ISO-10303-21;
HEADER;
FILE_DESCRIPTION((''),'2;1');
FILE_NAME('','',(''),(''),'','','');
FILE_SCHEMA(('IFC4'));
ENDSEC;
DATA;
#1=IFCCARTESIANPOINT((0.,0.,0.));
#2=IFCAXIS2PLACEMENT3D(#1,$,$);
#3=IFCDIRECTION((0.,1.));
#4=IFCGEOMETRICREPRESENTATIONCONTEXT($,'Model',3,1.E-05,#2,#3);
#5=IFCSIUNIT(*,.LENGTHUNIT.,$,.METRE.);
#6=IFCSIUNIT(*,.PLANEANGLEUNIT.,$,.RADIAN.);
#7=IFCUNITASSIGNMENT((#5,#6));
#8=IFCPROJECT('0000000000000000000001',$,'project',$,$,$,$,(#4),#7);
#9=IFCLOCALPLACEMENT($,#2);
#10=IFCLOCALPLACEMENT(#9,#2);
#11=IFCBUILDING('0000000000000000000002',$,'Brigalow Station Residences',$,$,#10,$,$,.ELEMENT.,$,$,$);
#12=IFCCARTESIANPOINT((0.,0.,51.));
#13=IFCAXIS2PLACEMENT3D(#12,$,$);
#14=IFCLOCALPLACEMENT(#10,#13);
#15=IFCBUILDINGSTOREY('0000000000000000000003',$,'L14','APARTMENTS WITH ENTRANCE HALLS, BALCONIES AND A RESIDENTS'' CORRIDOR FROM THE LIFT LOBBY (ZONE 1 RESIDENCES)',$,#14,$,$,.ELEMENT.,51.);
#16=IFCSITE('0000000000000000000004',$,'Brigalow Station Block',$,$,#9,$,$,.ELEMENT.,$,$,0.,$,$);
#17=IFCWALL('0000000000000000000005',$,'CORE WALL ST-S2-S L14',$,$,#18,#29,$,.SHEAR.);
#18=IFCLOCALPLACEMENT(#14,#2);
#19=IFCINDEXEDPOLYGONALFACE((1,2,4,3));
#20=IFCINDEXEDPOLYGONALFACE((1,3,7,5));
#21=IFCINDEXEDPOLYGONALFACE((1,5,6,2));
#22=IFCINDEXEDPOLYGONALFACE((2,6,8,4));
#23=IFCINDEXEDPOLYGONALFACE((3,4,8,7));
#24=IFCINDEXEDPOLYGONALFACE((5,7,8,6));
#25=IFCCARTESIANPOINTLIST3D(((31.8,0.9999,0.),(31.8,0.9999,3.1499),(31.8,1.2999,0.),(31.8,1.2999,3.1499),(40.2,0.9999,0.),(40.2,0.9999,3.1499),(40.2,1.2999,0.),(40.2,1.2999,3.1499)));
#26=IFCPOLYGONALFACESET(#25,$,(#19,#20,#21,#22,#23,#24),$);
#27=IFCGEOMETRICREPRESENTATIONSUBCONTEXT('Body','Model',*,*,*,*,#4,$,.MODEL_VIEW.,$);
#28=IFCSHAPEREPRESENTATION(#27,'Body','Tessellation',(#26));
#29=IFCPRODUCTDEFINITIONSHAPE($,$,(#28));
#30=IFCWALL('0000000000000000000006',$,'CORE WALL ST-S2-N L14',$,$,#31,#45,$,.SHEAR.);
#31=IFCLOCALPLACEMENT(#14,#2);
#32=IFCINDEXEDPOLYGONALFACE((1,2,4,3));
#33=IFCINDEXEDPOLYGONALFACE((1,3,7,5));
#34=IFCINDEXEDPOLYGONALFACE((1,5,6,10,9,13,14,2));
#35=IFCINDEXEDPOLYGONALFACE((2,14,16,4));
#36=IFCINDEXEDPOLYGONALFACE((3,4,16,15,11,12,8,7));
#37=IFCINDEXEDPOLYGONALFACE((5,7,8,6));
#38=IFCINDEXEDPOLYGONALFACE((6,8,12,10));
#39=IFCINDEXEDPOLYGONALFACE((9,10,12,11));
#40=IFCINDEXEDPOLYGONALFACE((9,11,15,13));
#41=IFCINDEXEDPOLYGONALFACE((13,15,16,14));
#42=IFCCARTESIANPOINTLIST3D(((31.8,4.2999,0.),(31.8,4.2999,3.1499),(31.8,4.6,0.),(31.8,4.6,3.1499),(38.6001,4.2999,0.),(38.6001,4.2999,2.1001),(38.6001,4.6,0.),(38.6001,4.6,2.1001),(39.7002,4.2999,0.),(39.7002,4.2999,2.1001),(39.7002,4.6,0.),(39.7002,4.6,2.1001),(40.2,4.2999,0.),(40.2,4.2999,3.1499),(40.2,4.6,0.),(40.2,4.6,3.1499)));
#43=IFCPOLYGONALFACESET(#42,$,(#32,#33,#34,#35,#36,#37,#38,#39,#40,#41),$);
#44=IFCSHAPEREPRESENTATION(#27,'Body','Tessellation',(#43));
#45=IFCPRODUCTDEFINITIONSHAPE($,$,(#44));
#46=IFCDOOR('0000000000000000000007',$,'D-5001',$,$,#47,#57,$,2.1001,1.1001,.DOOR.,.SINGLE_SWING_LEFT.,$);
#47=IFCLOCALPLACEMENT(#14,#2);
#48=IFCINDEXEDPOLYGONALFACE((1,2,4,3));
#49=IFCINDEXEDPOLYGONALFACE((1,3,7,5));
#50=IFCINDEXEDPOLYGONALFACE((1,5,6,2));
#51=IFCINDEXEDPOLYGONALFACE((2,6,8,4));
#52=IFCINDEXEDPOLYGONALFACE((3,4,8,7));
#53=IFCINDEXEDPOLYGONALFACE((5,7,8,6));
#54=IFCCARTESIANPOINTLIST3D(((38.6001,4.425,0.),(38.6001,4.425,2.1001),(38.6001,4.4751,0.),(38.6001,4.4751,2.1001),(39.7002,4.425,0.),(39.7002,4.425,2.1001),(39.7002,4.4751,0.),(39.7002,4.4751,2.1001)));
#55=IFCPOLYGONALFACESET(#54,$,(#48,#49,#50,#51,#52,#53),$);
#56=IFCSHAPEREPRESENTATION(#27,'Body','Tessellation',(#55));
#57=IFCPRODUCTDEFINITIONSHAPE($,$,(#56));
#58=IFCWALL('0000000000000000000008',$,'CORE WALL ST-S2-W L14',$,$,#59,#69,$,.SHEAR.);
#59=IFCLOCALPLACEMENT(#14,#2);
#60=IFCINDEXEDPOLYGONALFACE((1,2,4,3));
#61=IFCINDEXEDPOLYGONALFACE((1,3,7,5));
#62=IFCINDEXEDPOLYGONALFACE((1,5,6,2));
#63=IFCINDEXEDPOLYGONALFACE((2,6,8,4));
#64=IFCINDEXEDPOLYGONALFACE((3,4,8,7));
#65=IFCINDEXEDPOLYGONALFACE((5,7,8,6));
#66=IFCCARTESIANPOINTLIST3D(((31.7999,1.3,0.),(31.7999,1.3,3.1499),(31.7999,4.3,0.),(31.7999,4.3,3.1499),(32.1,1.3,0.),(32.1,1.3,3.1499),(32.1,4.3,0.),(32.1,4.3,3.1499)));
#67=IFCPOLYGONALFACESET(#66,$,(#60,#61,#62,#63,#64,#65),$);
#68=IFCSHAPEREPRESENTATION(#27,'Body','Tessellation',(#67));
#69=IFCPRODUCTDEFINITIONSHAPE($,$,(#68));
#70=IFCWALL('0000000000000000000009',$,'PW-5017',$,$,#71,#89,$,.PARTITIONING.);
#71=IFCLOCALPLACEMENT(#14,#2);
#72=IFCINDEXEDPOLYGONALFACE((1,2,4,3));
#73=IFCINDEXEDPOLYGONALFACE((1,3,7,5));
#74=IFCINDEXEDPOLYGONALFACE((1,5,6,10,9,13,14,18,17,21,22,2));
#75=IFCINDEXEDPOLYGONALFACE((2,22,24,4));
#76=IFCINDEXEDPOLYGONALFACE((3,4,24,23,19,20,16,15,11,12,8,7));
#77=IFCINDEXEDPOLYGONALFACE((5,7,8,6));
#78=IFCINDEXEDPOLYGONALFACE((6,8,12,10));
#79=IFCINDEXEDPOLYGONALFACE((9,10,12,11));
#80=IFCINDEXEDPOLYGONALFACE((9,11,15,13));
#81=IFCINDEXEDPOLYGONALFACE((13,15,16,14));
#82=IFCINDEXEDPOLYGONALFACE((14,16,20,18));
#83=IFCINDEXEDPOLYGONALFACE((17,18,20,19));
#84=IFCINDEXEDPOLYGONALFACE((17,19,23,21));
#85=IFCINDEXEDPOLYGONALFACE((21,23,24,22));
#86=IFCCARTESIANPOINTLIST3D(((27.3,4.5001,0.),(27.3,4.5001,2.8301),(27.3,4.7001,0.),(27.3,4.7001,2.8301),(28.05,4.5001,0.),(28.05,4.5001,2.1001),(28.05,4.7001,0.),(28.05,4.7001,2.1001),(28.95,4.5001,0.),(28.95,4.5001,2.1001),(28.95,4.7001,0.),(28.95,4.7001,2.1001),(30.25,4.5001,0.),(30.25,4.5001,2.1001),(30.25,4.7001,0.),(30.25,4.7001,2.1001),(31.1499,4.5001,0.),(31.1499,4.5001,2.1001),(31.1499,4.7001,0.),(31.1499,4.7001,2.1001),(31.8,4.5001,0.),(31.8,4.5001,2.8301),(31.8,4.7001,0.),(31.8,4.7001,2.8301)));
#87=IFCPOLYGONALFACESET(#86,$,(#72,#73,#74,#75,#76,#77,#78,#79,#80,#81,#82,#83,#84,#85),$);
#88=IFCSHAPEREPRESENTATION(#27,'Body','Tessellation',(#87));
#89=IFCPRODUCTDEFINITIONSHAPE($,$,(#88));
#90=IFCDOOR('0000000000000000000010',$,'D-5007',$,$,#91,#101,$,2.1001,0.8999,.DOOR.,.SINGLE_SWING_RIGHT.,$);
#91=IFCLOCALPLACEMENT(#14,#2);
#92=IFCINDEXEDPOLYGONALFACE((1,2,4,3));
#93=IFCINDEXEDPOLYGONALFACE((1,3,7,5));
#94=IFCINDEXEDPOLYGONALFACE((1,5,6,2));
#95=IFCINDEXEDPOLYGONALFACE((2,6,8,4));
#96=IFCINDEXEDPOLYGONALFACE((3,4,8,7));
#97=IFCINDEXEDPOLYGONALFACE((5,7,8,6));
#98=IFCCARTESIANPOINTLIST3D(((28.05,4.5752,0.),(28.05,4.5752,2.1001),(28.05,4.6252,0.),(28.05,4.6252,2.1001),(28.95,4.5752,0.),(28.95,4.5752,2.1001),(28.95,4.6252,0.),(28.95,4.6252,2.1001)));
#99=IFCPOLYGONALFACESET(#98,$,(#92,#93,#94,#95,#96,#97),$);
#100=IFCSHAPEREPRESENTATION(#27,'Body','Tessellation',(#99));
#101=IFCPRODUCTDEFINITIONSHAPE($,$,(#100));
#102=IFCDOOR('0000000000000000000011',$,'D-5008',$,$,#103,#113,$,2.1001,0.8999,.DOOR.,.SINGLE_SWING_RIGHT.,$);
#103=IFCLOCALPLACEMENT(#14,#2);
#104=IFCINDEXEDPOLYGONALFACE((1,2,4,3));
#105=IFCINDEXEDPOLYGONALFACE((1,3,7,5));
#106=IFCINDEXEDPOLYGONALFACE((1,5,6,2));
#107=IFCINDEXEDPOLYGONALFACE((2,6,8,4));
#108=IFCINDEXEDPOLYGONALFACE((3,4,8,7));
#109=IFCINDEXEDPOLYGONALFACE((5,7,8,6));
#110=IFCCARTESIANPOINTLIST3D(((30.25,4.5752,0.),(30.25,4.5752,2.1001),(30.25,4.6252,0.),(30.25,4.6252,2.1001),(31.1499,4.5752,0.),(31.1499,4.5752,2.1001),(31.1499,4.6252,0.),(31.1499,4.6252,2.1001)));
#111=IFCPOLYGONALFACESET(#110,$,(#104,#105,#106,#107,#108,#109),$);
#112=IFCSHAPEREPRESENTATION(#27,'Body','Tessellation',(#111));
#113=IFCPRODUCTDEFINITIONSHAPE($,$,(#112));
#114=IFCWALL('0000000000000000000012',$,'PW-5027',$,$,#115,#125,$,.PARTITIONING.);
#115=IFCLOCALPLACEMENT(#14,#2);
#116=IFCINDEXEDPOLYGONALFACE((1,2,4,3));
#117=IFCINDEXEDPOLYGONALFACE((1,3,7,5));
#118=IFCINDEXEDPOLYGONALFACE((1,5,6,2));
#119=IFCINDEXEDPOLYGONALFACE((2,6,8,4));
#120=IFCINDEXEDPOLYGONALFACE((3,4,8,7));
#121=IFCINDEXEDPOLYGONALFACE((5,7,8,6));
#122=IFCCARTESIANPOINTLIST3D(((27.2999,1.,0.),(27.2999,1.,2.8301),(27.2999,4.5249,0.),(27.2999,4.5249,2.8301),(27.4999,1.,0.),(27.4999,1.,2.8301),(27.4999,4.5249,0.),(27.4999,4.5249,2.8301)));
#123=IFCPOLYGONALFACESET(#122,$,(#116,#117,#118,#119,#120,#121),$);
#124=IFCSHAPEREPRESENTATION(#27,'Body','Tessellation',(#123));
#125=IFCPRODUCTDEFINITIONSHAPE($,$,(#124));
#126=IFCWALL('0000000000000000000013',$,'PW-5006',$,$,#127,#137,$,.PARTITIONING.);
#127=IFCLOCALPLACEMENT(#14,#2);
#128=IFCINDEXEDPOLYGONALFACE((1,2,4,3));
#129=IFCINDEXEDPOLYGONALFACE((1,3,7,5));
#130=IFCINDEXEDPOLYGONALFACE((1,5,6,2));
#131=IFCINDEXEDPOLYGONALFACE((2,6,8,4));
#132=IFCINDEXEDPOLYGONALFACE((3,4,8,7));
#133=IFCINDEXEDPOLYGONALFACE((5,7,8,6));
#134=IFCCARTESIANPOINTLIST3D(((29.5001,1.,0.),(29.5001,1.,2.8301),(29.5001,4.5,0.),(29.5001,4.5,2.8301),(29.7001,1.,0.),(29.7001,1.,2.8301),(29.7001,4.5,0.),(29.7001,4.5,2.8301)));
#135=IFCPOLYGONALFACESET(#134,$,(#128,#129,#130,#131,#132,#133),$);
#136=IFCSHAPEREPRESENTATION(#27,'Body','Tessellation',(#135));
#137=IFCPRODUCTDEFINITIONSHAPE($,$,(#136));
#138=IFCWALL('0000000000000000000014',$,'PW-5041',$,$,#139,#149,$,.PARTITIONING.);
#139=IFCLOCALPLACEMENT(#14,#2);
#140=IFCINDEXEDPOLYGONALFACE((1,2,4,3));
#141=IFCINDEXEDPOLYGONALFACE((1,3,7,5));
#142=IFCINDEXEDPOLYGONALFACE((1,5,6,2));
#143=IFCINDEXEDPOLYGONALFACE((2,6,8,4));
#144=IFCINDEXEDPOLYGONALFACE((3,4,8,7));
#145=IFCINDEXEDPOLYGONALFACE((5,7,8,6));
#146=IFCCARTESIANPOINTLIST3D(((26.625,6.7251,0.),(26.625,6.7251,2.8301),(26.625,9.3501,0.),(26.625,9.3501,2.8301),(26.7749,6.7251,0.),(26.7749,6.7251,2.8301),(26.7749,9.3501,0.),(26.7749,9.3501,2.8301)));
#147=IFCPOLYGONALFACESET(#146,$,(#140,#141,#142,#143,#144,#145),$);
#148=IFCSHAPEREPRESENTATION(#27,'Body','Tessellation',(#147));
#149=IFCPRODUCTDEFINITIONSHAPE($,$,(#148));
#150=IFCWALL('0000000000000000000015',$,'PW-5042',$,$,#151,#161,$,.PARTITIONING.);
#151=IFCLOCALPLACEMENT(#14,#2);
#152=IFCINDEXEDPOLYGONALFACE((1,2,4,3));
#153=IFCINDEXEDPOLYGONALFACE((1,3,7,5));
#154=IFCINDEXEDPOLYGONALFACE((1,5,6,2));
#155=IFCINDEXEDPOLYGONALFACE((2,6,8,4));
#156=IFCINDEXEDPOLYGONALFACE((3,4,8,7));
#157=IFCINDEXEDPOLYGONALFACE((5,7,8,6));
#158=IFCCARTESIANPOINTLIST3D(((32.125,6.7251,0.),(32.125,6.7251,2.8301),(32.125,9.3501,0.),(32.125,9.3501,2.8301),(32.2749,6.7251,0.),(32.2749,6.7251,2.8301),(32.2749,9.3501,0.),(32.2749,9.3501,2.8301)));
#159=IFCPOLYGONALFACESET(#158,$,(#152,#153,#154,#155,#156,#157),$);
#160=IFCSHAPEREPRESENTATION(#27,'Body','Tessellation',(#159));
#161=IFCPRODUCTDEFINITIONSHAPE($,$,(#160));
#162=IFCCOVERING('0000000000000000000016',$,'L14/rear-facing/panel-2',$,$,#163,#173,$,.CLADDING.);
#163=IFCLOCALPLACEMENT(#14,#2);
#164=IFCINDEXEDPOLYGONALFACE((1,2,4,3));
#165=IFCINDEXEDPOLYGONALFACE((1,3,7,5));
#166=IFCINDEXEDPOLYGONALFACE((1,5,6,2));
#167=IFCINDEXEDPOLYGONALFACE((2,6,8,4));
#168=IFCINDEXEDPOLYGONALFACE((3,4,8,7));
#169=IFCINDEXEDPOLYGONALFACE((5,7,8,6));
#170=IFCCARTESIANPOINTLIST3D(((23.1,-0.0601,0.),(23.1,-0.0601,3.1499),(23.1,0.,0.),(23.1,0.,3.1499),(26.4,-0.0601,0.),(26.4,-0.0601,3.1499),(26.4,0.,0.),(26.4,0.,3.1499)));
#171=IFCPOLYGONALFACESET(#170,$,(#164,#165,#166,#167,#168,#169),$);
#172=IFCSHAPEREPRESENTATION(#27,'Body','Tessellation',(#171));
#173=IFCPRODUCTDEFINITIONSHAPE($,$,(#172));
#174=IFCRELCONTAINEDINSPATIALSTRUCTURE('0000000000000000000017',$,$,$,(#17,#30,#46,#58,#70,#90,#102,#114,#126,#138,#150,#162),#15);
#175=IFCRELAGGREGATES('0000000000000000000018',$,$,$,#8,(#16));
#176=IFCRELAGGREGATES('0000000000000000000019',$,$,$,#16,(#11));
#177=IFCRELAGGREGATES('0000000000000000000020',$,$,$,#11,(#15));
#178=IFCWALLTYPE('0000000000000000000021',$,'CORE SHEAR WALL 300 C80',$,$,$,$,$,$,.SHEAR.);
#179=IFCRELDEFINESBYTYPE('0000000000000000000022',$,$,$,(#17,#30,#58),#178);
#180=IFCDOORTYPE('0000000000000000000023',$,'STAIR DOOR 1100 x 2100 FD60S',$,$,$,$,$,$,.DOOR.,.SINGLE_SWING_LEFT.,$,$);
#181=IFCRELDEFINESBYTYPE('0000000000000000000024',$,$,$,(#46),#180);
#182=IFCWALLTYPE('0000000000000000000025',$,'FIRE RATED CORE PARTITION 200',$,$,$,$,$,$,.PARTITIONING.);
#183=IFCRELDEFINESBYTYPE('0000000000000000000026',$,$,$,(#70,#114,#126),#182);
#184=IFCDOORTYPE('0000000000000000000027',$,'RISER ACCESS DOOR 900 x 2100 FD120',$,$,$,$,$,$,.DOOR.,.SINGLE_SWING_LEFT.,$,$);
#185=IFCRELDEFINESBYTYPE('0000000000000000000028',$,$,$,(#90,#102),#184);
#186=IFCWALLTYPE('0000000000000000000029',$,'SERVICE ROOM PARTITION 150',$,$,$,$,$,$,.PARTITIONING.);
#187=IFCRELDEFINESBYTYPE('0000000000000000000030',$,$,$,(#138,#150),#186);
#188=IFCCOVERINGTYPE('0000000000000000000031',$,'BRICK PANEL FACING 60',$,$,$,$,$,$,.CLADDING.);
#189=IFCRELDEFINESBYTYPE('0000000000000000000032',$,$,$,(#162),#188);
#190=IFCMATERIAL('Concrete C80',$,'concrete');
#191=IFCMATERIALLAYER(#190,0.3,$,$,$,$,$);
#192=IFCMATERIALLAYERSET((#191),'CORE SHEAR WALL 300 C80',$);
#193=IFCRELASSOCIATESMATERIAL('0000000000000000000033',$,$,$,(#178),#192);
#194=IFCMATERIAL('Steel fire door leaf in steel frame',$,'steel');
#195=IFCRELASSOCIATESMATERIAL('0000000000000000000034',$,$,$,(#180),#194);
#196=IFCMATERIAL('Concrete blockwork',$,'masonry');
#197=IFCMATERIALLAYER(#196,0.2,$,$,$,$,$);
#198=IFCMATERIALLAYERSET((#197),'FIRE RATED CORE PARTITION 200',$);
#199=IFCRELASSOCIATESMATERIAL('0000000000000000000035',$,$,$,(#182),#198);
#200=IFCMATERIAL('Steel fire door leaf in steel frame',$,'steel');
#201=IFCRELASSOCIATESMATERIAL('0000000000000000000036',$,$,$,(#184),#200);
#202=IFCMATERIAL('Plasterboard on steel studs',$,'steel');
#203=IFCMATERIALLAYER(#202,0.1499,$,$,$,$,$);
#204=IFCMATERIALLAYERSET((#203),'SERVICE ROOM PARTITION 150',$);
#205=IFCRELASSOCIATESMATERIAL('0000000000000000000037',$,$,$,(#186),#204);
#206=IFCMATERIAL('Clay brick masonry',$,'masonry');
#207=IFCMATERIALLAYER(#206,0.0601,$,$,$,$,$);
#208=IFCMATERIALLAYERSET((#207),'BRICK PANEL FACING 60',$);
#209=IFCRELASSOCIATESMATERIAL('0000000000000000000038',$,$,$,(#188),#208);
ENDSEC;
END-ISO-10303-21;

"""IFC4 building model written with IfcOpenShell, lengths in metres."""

from ifc_helpers import new_model, si_unit, direction, frame, frame_2d, origin, origin_2d, place, context, subcontext, project, spatial, rectangle, extrude, material, layer, layer_set, type_object, element, fill, save


model = new_model("IFC4")

# Units and contexts
model_context = context("Model", 3, precision=1e-05, world=origin(), true_north=direction((0.0, 1.0)))
body_context = subcontext(model_context, "Body", "Model", "MODEL_VIEW")
ifc_project = project(units=[si_unit("LENGTHUNIT", "METRE"), si_unit("PLANEANGLEUNIT", "RADIAN")], contexts=[model_context])

# Site, building, storey
site_placement = place(None, origin())
site = spatial("IfcSite", under=ifc_project, at=site_placement, Name="Brigalow Station Block", CompositionType="ELEMENT", RefElevation=0.0)
building_placement = place(site_placement, origin())
building = spatial("IfcBuilding", under=site, at=building_placement, Name="Brigalow Station Residences", CompositionType="ELEMENT")
storey_placement = place(building_placement, frame((0.0, 0.0, 51.0)))
storey = spatial("IfcBuildingStorey", under=building, at=storey_placement, Name="L14", Description="APARTMENTS WITH ENTRANCE HALLS, BALCONIES AND A RESIDENTS' CORRIDOR FROM THE LIFT LOBBY (ZONE 1 RESIDENCES)", CompositionType="ELEMENT", Elevation=51.0)

# Wall
ifc_material_1 = material(Name="Concrete C80", Category="concrete")
ifc_layer_1 = layer(ifc_material_1, 0.3)
ifc_layer_set_1 = layer_set([ifc_layer_1], Name="CORE SHEAR WALL 300 C80")
wall_type_1 = type_object("IfcWallType", Name="CORE SHEAR WALL 300 C80", PredefinedType="SHEAR", material=ifc_layer_set_1)
wall_1_placement = place(storey_placement, frame((31.8, 1.1499, 0.0), z_axis=(0.0, 0.0, 1.0), x_axis=(1.0, 0.0, 0.0)))
element("IfcWall", 1, at=wall_1_placement, inside=storey, type_object=wall_type_1, Name="CORE WALL ST-S2-S L14", PredefinedType="SHEAR", context=body_context, shape_type="SweptSolid", body=[
    extrude(rectangle(XDim=8.3999, YDim=0.3, at=frame_2d((4.2, 0.0))), origin(), (0.0, 0.0, 1.0), 3.1499),
])

# Wall, opening, door
wall_2_placement = place(storey_placement, frame((31.8, 4.45, 0.0), z_axis=(0.0, 0.0, 1.0), x_axis=(1.0, 0.0, 0.0)))
wall_2 = element("IfcWall", 2, at=wall_2_placement, inside=storey, type_object=wall_type_1, Name="CORE WALL ST-S2-N L14", PredefinedType="SHEAR", context=body_context, shape_type="SweptSolid", body=[
    extrude(rectangle(XDim=8.3999, YDim=0.3, at=frame_2d((4.2, 0.0))), origin(), (0.0, 0.0, 1.0), 3.1499),
])
opening_1_placement = place(wall_2_placement, frame((6.8, 0.0, 0.0)))
opening_1 = element("IfcOpeningElement", 3, at=opening_1_placement, cuts=wall_2, PredefinedType="OPENING", context=body_context, shape_type="SweptSolid", body=[
    extrude(rectangle(XDim=1.1001, YDim=2.1001, at=frame_2d((0.55, 1.05))), frame((0.0, 0.1602, 0.0), z_axis=(0.0, -1.0, 0.0), x_axis=(1.0, 0.0, 0.0)), (0.0, 0.0, 1.0), 0.3201),
])
ifc_material_2 = material(Name="Steel fire door leaf in steel frame", Category="steel")
door_type_1 = type_object("IfcDoorType", Name="STAIR DOOR 1100 x 2100 FD60S", OperationType="SINGLE_SWING_LEFT", PredefinedType="DOOR", material=ifc_material_2)
door_1_placement = place(opening_1_placement, frame((1.1001, 0.0, 0.0), z_axis=(0.0, 0.0, 1.0), x_axis=(-1.0, 0.0, 0.0)))
door_1 = element("IfcDoor", 4, at=door_1_placement, inside=storey, type_object=door_type_1, Name="D-5001", OperationType="SINGLE_SWING_LEFT", OverallHeight=2.1001, OverallWidth=1.1001, PredefinedType="DOOR", context=body_context, shape_type="SweptSolid", body=[
    extrude(rectangle(XDim=1.1001, YDim=2.1001, at=frame_2d((0.55, 1.05))), frame((0.0, 0.0249, 0.0), z_axis=(0.0, -1.0, 0.0), x_axis=(1.0, 0.0, 0.0)), (0.0, 0.0, 1.0), 0.05),
])
fill(opening_1, door_1)

# Wall
wall_3_placement = place(storey_placement, frame((31.95, 1.3, 0.0), z_axis=(0.0, 0.0, 1.0), x_axis=(0.0, 1.0, 0.0)))
element("IfcWall", 5, at=wall_3_placement, inside=storey, type_object=wall_type_1, Name="CORE WALL ST-S2-W L14", PredefinedType="SHEAR", context=body_context, shape_type="SweptSolid", body=[
    extrude(rectangle(XDim=3.0, YDim=0.3, at=frame_2d((1.5, 0.0))), origin(), (0.0, 0.0, 1.0), 3.1499),
])

# Wall, openings, doors
ifc_material_3 = material(Name="Concrete blockwork", Category="masonry")
ifc_layer_2 = layer(ifc_material_3, 0.2)
ifc_layer_set_2 = layer_set([ifc_layer_2], Name="FIRE RATED CORE PARTITION 200")
wall_type_2 = type_object("IfcWallType", Name="FIRE RATED CORE PARTITION 200", PredefinedType="PARTITIONING", material=ifc_layer_set_2)
wall_4_placement = place(storey_placement, frame((27.3, 4.6001, 0.0), z_axis=(0.0, 0.0, 1.0), x_axis=(1.0, 0.0, 0.0)))
wall_4 = element("IfcWall", 6, at=wall_4_placement, inside=storey, type_object=wall_type_2, Name="PW-5017", PredefinedType="PARTITIONING", context=body_context, shape_type="SweptSolid", body=[
    extrude(rectangle(XDim=4.5, YDim=0.2, at=frame_2d((2.25, 0.0))), origin(), (0.0, 0.0, 1.0), 2.8301),
])
opening_2_placement = place(wall_4_placement, frame((0.75, 0.0, 0.0)))
opening_2 = element("IfcOpeningElement", 7, at=opening_2_placement, cuts=wall_4, PredefinedType="OPENING", context=body_context, shape_type="SweptSolid", body=[
    extrude(rectangle(XDim=0.8999, YDim=2.1001, at=frame_2d((0.45, 1.05))), frame((0.0, 0.1099, 0.0), z_axis=(0.0, -1.0, 0.0), x_axis=(1.0, 0.0, 0.0)), (0.0, 0.0, 1.0), 0.22),
])
opening_3_placement = place(wall_4_placement, frame((2.95, 0.0, 0.0)))
opening_3 = element("IfcOpeningElement", 8, at=opening_3_placement, cuts=wall_4, PredefinedType="OPENING", context=body_context, shape_type="SweptSolid", body=[
    extrude(rectangle(XDim=0.8999, YDim=2.1001, at=frame_2d((0.45, 1.05))), frame((0.0, 0.1099, 0.0), z_axis=(0.0, -1.0, 0.0), x_axis=(1.0, 0.0, 0.0)), (0.0, 0.0, 1.0), 0.22),
])
ifc_material_4 = material(Name="Steel fire door leaf in steel frame", Category="steel")
door_type_2 = type_object("IfcDoorType", Name="RISER ACCESS DOOR 900 x 2100 FD120", OperationType="SINGLE_SWING_LEFT", PredefinedType="DOOR", material=ifc_material_4)
door_2_placement = place(opening_2_placement, frame((0.8999, 0.0, 0.0), z_axis=(0.0, 0.0, 1.0), x_axis=(-1.0, 0.0, 0.0)))
door_2 = element("IfcDoor", 9, at=door_2_placement, inside=storey, type_object=door_type_2, Name="D-5007", OperationType="SINGLE_SWING_RIGHT", OverallHeight=2.1001, OverallWidth=0.8999, PredefinedType="DOOR", context=body_context, shape_type="SweptSolid", body=[
    extrude(rectangle(XDim=0.8999, YDim=2.1001, at=frame_2d((0.45, 1.05))), frame((0.0, 0.0249, 0.0), z_axis=(0.0, -1.0, 0.0), x_axis=(1.0, 0.0, 0.0)), (0.0, 0.0, 1.0), 0.05),
])
fill(opening_2, door_2)
door_3_placement = place(opening_3_placement, frame((0.8999, 0.0, 0.0), z_axis=(0.0, 0.0, 1.0), x_axis=(-1.0, 0.0, 0.0)))
door_3 = element("IfcDoor", 10, at=door_3_placement, inside=storey, type_object=door_type_2, Name="D-5008", OperationType="SINGLE_SWING_RIGHT", OverallHeight=2.1001, OverallWidth=0.8999, PredefinedType="DOOR", context=body_context, shape_type="SweptSolid", body=[
    extrude(rectangle(XDim=0.8999, YDim=2.1001, at=frame_2d((0.45, 1.05))), frame((0.0, 0.0249, 0.0), z_axis=(0.0, -1.0, 0.0), x_axis=(1.0, 0.0, 0.0)), (0.0, 0.0, 1.0), 0.05),
])
fill(opening_3, door_3)

# Walls
wall_5_placement = place(storey_placement, frame((27.3999, 1.0, 0.0), z_axis=(0.0, 0.0, 1.0), x_axis=(0.0, 1.0, 0.0)))
element("IfcWall", 11, at=wall_5_placement, inside=storey, type_object=wall_type_2, Name="PW-5027", PredefinedType="PARTITIONING", context=body_context, shape_type="SweptSolid", body=[
    extrude(rectangle(XDim=3.5249, YDim=0.2, at=frame_2d((1.7625, 0.0))), origin(), (0.0, 0.0, 1.0), 2.8301),
])
wall_6_placement = place(storey_placement, frame((29.6001, 1.0, 0.0), z_axis=(0.0, 0.0, 1.0), x_axis=(0.0, 1.0, 0.0)))
element("IfcWall", 12, at=wall_6_placement, inside=storey, type_object=wall_type_2, Name="PW-5006", PredefinedType="PARTITIONING", context=body_context, shape_type="SweptSolid", body=[
    extrude(rectangle(XDim=3.5, YDim=0.2, at=frame_2d((1.75, 0.0))), origin(), (0.0, 0.0, 1.0), 2.8301),
])
ifc_material_5 = material(Name="Plasterboard on steel studs", Category="steel")
ifc_layer_3 = layer(ifc_material_5, 0.1499)
ifc_layer_set_3 = layer_set([ifc_layer_3], Name="SERVICE ROOM PARTITION 150")
wall_type_3 = type_object("IfcWallType", Name="SERVICE ROOM PARTITION 150", PredefinedType="PARTITIONING", material=ifc_layer_set_3)
for number, where, z_axis, x_axis, name in (
    (13, (26.7, 6.7251, 0.0), (0.0, 0.0, 1.0), (0.0, 1.0, 0.0), "PW-5041"),
    (14, (32.2, 6.7251, 0.0), (0.0, 0.0, 1.0), (0.0, 1.0, 0.0), "PW-5042"),
):
    element("IfcWall", number, at=place(storey_placement, frame(where, z_axis=z_axis, x_axis=x_axis)), inside=storey, type_object=wall_type_3, Name=name, PredefinedType="PARTITIONING", context=body_context, shape_type="SweptSolid", body=[
        extrude(rectangle(XDim=2.625, YDim=0.1499, at=frame_2d((1.3125, 0.0))), origin(), (0.0, 0.0, 1.0), 2.8301),
    ])

# Covering
ifc_material_6 = material(Name="Clay brick masonry", Category="masonry")
ifc_layer_4 = layer(ifc_material_6, 0.0601)
ifc_layer_set_4 = layer_set([ifc_layer_4], Name="BRICK PANEL FACING 60")
covering_type_1 = type_object("IfcCoveringType", Name="BRICK PANEL FACING 60", PredefinedType="CLADDING", material=ifc_layer_set_4)
for number, where, z_axis, x_axis, name in (
    (15, (24.75, -0.03, 0.0), (0.0, 0.0, 1.0), (1.0, 0.0, 0.0), "L14/rear-facing/panel-2"),
):
    element("IfcCovering", number, at=place(storey_placement, frame(where, z_axis=z_axis, x_axis=x_axis)), inside=storey, type_object=covering_type_1, Name=name, PredefinedType="CLADDING", context=body_context, shape_type="SweptSolid", body=[
        extrude(rectangle(XDim=3.3, YDim=0.0601, at=origin_2d()), origin(), (0.0, 0.0, 1.0), 3.1499),
    ])

save(model, "model.ifc")
